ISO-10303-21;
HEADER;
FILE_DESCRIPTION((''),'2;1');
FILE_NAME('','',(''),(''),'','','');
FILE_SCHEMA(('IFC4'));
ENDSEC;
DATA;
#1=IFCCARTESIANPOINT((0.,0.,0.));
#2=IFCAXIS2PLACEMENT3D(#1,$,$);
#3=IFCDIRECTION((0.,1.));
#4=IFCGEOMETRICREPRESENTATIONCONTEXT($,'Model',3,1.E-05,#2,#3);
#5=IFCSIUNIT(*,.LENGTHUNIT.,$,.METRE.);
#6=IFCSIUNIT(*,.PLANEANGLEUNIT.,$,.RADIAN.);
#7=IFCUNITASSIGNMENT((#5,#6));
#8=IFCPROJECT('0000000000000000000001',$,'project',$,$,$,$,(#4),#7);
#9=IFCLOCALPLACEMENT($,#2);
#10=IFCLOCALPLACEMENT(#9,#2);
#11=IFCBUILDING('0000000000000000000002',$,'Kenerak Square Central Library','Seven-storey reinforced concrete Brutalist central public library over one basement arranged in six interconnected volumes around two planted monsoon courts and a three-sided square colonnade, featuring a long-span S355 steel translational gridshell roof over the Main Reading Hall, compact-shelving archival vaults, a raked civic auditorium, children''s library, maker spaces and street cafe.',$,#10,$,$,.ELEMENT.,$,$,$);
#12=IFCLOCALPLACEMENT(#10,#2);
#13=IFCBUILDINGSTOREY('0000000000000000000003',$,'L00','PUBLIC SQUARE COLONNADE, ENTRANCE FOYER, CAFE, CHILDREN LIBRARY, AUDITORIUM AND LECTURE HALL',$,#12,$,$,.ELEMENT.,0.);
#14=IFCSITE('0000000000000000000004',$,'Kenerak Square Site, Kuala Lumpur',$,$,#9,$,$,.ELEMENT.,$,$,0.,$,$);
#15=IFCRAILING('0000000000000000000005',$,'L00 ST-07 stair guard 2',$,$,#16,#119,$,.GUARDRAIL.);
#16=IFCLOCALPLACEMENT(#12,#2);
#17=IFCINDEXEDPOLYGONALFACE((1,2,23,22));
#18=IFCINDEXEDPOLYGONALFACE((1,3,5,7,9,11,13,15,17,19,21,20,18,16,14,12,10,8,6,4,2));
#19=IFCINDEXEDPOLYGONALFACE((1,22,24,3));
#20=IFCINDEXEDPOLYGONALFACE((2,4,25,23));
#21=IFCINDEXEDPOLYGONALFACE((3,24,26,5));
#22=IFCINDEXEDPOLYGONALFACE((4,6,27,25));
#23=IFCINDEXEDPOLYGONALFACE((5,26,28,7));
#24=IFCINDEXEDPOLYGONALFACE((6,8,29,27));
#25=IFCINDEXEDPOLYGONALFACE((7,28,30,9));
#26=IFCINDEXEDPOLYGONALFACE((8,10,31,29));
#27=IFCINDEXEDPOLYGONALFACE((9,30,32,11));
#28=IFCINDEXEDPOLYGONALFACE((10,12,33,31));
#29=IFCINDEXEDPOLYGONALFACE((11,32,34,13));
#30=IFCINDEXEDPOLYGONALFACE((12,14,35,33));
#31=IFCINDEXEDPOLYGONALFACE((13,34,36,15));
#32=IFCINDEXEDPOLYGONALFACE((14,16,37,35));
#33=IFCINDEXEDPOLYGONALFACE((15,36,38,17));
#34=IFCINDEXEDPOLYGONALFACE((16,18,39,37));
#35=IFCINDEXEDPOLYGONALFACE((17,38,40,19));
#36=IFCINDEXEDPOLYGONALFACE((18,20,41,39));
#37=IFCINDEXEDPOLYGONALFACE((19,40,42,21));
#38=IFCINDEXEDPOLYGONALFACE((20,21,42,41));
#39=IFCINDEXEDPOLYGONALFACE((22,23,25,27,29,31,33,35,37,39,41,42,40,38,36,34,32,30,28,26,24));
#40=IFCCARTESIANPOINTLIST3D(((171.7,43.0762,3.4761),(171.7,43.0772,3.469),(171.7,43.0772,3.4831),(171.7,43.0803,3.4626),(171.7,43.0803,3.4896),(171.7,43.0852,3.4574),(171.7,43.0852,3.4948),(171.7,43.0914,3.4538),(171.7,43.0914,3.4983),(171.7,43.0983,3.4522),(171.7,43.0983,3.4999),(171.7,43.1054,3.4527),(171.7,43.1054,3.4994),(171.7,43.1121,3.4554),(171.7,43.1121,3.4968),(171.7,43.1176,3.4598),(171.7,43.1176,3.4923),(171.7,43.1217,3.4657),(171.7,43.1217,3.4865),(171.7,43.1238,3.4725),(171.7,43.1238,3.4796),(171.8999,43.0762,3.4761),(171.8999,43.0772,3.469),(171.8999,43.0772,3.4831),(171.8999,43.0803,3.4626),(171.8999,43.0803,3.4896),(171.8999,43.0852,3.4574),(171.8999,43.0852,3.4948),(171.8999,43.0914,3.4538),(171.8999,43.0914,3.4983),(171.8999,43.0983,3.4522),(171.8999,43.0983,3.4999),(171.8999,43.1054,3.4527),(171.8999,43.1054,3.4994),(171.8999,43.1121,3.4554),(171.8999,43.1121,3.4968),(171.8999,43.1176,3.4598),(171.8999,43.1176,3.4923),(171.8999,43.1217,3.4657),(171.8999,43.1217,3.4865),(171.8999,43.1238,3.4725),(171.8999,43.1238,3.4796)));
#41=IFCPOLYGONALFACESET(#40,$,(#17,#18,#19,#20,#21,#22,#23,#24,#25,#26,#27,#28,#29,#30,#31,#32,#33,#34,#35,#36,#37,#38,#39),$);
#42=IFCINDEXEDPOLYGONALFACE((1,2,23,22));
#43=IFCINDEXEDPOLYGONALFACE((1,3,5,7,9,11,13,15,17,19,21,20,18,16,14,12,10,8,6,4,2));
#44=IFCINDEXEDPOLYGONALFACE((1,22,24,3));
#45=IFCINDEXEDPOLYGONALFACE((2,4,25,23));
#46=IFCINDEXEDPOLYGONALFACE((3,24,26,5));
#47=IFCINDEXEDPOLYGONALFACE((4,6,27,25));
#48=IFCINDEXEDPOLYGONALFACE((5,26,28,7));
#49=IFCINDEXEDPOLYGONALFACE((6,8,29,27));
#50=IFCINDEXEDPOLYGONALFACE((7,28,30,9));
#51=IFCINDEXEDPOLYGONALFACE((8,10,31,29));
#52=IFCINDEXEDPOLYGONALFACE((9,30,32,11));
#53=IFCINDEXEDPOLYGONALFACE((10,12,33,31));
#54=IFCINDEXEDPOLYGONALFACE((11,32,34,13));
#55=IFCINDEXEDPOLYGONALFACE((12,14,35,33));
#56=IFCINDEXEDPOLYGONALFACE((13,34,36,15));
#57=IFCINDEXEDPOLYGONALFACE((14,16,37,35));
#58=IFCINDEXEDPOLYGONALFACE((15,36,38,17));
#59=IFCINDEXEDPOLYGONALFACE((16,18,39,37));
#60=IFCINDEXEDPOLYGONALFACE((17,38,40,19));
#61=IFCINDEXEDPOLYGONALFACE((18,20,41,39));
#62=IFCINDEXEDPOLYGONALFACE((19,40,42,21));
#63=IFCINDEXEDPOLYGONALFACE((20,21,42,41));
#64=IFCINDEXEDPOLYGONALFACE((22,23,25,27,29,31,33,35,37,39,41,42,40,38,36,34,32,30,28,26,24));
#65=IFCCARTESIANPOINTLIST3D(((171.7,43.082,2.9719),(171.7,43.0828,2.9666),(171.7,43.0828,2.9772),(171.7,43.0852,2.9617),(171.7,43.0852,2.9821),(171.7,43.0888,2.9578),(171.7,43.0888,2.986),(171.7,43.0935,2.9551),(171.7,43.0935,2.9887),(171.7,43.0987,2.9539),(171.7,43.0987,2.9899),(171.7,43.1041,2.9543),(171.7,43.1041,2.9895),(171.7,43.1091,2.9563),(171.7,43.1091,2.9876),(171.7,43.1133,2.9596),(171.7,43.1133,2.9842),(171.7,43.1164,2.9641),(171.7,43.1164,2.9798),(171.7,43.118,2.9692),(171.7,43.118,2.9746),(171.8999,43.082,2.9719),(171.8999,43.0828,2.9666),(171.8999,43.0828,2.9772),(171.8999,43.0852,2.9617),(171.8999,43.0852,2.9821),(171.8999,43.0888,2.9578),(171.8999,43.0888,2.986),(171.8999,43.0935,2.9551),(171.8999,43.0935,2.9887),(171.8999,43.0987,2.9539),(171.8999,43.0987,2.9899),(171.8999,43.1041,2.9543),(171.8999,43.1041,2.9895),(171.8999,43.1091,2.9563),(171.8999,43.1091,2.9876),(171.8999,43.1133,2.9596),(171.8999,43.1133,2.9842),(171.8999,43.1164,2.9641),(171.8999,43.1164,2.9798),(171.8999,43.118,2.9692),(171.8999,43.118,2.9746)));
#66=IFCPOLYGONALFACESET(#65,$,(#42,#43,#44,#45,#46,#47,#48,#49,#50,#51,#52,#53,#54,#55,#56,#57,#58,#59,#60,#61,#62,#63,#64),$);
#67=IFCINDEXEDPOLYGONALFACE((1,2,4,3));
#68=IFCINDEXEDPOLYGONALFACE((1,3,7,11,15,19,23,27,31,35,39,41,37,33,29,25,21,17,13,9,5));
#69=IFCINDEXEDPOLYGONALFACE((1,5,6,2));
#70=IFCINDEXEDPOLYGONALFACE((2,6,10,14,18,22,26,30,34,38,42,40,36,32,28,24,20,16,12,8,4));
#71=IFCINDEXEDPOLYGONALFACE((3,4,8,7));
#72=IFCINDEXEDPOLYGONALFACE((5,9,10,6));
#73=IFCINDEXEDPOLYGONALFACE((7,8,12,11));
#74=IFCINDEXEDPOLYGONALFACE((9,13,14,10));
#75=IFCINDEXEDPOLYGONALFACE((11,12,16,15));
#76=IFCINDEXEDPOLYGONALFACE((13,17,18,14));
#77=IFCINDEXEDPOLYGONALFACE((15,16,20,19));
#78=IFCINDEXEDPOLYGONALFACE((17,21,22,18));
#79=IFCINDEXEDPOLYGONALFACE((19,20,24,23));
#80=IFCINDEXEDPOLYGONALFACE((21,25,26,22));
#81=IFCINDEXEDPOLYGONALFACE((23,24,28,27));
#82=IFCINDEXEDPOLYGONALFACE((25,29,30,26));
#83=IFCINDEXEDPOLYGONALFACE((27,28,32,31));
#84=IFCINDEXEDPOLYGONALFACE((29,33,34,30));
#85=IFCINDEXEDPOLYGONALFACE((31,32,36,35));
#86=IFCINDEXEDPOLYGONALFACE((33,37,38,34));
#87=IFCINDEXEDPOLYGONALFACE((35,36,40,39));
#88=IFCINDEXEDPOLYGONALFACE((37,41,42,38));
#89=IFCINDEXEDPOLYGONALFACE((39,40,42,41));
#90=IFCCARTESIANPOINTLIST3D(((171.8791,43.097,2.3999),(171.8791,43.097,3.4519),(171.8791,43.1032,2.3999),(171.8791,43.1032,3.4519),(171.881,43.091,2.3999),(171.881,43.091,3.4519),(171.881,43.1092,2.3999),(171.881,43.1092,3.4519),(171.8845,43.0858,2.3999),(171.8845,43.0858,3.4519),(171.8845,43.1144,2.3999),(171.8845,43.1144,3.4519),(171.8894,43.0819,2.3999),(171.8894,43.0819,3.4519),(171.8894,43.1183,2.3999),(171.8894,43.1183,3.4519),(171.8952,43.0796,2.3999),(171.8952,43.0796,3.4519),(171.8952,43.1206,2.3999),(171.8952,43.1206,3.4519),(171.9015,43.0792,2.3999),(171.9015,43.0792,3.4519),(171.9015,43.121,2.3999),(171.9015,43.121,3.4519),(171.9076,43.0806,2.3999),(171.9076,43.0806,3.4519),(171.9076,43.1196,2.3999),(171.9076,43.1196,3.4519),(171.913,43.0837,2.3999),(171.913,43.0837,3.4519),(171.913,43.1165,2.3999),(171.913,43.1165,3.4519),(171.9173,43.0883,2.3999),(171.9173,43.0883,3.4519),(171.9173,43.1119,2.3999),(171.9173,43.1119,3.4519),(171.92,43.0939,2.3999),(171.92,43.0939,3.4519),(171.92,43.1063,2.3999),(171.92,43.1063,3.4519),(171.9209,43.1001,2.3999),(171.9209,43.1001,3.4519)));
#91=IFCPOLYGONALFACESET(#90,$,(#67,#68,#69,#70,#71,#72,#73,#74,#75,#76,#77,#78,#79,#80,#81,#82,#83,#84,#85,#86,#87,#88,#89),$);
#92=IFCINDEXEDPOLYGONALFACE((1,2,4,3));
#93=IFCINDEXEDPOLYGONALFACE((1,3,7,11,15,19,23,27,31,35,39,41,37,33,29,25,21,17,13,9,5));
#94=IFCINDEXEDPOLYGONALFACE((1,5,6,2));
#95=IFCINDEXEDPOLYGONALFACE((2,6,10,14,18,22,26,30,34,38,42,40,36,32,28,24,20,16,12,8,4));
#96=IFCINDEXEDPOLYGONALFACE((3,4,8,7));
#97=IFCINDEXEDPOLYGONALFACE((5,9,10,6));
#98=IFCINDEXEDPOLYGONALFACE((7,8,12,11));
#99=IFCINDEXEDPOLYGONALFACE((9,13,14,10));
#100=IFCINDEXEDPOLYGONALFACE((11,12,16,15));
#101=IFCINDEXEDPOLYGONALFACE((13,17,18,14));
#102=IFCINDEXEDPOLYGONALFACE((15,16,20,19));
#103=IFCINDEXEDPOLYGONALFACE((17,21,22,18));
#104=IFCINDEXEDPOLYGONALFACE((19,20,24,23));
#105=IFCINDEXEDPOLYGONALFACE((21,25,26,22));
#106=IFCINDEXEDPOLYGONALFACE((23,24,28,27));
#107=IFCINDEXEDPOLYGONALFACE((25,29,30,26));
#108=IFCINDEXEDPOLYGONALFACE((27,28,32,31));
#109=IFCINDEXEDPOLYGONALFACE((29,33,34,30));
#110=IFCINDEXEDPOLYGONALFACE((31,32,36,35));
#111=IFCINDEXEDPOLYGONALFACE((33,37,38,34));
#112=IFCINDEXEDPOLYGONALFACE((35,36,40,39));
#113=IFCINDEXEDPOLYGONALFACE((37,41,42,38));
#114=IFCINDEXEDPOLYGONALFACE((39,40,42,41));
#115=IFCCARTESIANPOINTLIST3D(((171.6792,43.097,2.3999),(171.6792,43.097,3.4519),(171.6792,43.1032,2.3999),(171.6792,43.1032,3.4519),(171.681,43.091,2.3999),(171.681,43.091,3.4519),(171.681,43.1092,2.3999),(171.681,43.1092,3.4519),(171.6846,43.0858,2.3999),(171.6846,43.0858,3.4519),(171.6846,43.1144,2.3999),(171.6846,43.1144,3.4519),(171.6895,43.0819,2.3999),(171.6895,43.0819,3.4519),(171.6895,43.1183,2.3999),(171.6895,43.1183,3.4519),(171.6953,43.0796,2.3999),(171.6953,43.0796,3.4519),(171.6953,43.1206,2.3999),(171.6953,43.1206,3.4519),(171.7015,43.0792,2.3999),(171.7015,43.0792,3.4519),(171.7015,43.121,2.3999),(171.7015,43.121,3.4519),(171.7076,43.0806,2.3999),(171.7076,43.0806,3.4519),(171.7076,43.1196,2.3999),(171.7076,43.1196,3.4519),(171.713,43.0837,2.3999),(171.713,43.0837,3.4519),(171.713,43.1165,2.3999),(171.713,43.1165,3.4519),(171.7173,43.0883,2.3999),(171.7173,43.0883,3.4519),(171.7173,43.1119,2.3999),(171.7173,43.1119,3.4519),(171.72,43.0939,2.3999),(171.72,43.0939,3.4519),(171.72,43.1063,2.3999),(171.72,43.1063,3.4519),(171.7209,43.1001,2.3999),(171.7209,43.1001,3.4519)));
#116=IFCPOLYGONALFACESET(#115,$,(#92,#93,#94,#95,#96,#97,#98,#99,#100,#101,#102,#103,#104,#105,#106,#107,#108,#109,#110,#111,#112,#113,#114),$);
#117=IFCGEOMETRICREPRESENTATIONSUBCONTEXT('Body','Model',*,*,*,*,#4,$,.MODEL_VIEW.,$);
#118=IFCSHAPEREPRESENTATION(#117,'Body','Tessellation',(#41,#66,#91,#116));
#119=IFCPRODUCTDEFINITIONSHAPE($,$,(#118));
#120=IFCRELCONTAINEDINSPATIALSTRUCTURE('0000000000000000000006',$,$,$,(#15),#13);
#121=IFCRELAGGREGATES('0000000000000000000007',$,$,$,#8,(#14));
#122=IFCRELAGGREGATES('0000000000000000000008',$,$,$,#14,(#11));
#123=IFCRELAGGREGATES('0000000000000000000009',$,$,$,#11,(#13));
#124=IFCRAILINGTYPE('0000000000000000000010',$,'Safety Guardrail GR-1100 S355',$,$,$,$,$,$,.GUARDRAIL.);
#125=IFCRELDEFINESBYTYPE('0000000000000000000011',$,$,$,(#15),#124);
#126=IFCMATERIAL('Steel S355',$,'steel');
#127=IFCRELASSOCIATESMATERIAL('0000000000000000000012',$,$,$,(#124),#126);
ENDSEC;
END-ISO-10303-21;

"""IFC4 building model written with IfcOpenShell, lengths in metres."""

from ifc_helpers import new_model, si_unit, direction, frame, origin, origin_2d, place, context, subcontext, project, spatial, circle, extrude, material, type_object, element, save


model = new_model("IFC4")

# Units and contexts
model_context = context("Model", 3, precision=1e-05, world=origin(), true_north=direction((0.0, 1.0)))
body_context = subcontext(model_context, "Body", "Model", "MODEL_VIEW")
ifc_project = project(units=[si_unit("LENGTHUNIT", "METRE"), si_unit("PLANEANGLEUNIT", "RADIAN")], contexts=[model_context])

# Site, building, storey
site_placement = place(None, origin())
site = spatial("IfcSite", under=ifc_project, at=site_placement, Name="Kenerak Square Site, Kuala Lumpur", CompositionType="ELEMENT", RefElevation=0.0)
building_placement = place(site_placement, origin())
building = spatial("IfcBuilding", under=site, at=building_placement, Name="Kenerak Square Central Library", Description="Seven-storey reinforced concrete Brutalist central public library over one basement arranged in six interconnected volumes around two planted monsoon courts and a three-sided square colonnade, featuring a long-span S355 steel translational gridshell roof over the Main Reading Hall, compact-shelving archival vaults, a raked civic auditorium, children's library, maker spaces and street cafe.", CompositionType="ELEMENT")
storey_placement = place(building_placement, origin())
storey = spatial("IfcBuildingStorey", under=building, at=storey_placement, Name="L00", Description="PUBLIC SQUARE COLONNADE, ENTRANCE FOYER, CAFE, CHILDREN LIBRARY, AUDITORIUM AND LECTURE HALL", CompositionType="ELEMENT", Elevation=0.0)

# Railing
ifc_material_1 = material(Name="Steel S355", Category="steel")
railing_type_1 = type_object("IfcRailingType", Name="Safety Guardrail GR-1100 S355", PredefinedType="GUARDRAIL", material=ifc_material_1)
railing_1_placement = place(storey_placement, frame((171.8999, 43.1001, 2.3999)))
element("IfcRailing", 1, at=railing_1_placement, inside=storey, type_object=railing_type_1, Name="L00 ST-07 stair guard 2", PredefinedType="GUARDRAIL", context=body_context, shape_type="SweptSolid", body=[
    extrude(circle(Radius=0.0239, at=origin_2d()), frame((0.0, 0.0, 1.0762), z_axis=(-1.0, 0.0, 0.0), x_axis=(0.0, -1.0, 0.0)), (0.0, 0.0, 1.0), 0.2),
    extrude(circle(Radius=0.0181, at=origin_2d()), frame((0.0, 0.0, 0.572), z_axis=(-1.0, 0.0, 0.0), x_axis=(0.0, -1.0, 0.0)), (0.0, 0.0, 1.0), 0.2),
    extrude(circle(Radius=0.021, at=origin_2d()), origin(), (0.0, 0.0, 1.0), 1.052),
    extrude(circle(Radius=0.021, at=origin_2d()), frame((-0.2, 0.0, 0.0)), (0.0, 0.0, 1.0), 1.052),
])

save(model, "model.ifc")
